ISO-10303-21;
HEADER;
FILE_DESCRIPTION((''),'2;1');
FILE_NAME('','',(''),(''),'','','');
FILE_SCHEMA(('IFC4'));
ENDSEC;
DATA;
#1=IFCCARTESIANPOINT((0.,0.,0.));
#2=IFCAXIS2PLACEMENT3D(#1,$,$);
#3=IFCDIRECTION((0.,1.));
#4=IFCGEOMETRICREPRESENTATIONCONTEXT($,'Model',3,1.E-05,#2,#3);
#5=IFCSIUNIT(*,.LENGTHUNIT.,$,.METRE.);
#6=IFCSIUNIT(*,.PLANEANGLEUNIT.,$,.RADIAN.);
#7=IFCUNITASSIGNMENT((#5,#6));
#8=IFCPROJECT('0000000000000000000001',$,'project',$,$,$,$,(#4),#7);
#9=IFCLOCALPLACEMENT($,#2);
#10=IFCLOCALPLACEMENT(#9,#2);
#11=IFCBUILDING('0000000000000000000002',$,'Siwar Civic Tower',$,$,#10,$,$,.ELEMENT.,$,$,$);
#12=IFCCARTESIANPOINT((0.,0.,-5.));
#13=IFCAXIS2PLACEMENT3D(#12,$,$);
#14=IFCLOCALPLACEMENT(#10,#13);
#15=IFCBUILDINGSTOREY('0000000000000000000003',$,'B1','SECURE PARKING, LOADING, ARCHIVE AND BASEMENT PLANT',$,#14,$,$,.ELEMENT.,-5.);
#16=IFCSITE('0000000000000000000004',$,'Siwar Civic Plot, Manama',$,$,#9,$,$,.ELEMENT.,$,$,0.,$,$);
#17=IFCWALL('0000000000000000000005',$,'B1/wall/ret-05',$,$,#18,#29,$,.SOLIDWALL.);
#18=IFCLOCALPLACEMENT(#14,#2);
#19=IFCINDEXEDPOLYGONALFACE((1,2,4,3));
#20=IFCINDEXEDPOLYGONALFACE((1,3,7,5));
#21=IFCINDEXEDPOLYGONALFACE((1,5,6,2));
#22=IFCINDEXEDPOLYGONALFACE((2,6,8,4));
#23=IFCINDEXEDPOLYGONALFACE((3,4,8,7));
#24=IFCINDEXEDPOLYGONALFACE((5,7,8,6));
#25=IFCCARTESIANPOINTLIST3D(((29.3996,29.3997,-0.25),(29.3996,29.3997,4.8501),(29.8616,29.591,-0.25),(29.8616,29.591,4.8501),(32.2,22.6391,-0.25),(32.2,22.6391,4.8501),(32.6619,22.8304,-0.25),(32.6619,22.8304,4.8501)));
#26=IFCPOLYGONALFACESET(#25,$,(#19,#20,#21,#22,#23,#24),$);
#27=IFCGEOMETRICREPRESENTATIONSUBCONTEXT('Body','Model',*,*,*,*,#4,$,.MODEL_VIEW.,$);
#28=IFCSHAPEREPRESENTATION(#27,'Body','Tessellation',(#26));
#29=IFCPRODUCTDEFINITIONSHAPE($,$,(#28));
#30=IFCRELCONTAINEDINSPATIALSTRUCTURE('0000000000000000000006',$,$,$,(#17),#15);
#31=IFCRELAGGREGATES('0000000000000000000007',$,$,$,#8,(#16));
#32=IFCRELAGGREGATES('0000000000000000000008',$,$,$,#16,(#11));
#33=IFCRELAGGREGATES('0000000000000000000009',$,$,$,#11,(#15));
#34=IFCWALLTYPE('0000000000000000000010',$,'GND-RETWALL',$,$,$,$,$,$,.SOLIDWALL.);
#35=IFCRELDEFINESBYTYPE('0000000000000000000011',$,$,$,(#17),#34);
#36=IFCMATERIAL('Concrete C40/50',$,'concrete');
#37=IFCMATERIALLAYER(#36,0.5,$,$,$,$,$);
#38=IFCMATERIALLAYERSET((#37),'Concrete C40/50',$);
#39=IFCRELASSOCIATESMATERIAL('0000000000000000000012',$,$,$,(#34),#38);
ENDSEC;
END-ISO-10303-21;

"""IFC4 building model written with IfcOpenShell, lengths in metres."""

from ifc_helpers import new_model, si_unit, direction, frame, frame_2d, origin, place, context, subcontext, project, spatial, rectangle, extrude, material, layer, layer_set, type_object, element, save


model = new_model("IFC4")

# Units and contexts
model_context = context("Model", 3, precision=1e-05, world=origin(), true_north=direction((0.0, 1.0)))
body_context = subcontext(model_context, "Body", "Model", "MODEL_VIEW")
ifc_project = project(units=[si_unit("LENGTHUNIT", "METRE"), si_unit("PLANEANGLEUNIT", "RADIAN")], contexts=[model_context])

# Site, building, storey
site_placement = place(None, origin())
site = spatial("IfcSite", under=ifc_project, at=site_placement, Name="Siwar Civic Plot, Manama", CompositionType="ELEMENT", RefElevation=0.0)
building_placement = place(site_placement, origin())
building = spatial("IfcBuilding", under=site, at=building_placement, Name="Siwar Civic Tower", CompositionType="ELEMENT")
storey_placement = place(building_placement, frame((0.0, 0.0, -5.0)))
storey = spatial("IfcBuildingStorey", under=building, at=storey_placement, Name="B1", Description="SECURE PARKING, LOADING, ARCHIVE AND BASEMENT PLANT", CompositionType="ELEMENT", Elevation=-5.0)

# Wall
ifc_material_1 = material(Name="Concrete C40/50", Category="concrete")
ifc_layer = layer(ifc_material_1, 0.5)
ifc_layer_set = layer_set([ifc_layer], Name="Concrete C40/50")
wall_type = type_object("IfcWallType", Name="GND-RETWALL", PredefinedType="SOLIDWALL", material=ifc_layer_set)
wall_placement = place(storey_placement, frame((32.4309, 22.7349, -0.25), z_axis=(0.0, 0.0, 1.0), x_axis=(-0.382684, 0.923879, 0.0)))
element("IfcWall", 1, at=wall_placement, inside=storey, type_object=wall_type, Name="B1/wall/ret-05", PredefinedType="SOLIDWALL", context=body_context, shape_type="SweptSolid", body=[
    extrude(rectangle(XDim=7.3176, YDim=0.5, at=frame_2d((3.6587, 0.0))), origin(), (0.0, 0.0, 1.0), 5.1001),
])

save(model, "model.ifc")
